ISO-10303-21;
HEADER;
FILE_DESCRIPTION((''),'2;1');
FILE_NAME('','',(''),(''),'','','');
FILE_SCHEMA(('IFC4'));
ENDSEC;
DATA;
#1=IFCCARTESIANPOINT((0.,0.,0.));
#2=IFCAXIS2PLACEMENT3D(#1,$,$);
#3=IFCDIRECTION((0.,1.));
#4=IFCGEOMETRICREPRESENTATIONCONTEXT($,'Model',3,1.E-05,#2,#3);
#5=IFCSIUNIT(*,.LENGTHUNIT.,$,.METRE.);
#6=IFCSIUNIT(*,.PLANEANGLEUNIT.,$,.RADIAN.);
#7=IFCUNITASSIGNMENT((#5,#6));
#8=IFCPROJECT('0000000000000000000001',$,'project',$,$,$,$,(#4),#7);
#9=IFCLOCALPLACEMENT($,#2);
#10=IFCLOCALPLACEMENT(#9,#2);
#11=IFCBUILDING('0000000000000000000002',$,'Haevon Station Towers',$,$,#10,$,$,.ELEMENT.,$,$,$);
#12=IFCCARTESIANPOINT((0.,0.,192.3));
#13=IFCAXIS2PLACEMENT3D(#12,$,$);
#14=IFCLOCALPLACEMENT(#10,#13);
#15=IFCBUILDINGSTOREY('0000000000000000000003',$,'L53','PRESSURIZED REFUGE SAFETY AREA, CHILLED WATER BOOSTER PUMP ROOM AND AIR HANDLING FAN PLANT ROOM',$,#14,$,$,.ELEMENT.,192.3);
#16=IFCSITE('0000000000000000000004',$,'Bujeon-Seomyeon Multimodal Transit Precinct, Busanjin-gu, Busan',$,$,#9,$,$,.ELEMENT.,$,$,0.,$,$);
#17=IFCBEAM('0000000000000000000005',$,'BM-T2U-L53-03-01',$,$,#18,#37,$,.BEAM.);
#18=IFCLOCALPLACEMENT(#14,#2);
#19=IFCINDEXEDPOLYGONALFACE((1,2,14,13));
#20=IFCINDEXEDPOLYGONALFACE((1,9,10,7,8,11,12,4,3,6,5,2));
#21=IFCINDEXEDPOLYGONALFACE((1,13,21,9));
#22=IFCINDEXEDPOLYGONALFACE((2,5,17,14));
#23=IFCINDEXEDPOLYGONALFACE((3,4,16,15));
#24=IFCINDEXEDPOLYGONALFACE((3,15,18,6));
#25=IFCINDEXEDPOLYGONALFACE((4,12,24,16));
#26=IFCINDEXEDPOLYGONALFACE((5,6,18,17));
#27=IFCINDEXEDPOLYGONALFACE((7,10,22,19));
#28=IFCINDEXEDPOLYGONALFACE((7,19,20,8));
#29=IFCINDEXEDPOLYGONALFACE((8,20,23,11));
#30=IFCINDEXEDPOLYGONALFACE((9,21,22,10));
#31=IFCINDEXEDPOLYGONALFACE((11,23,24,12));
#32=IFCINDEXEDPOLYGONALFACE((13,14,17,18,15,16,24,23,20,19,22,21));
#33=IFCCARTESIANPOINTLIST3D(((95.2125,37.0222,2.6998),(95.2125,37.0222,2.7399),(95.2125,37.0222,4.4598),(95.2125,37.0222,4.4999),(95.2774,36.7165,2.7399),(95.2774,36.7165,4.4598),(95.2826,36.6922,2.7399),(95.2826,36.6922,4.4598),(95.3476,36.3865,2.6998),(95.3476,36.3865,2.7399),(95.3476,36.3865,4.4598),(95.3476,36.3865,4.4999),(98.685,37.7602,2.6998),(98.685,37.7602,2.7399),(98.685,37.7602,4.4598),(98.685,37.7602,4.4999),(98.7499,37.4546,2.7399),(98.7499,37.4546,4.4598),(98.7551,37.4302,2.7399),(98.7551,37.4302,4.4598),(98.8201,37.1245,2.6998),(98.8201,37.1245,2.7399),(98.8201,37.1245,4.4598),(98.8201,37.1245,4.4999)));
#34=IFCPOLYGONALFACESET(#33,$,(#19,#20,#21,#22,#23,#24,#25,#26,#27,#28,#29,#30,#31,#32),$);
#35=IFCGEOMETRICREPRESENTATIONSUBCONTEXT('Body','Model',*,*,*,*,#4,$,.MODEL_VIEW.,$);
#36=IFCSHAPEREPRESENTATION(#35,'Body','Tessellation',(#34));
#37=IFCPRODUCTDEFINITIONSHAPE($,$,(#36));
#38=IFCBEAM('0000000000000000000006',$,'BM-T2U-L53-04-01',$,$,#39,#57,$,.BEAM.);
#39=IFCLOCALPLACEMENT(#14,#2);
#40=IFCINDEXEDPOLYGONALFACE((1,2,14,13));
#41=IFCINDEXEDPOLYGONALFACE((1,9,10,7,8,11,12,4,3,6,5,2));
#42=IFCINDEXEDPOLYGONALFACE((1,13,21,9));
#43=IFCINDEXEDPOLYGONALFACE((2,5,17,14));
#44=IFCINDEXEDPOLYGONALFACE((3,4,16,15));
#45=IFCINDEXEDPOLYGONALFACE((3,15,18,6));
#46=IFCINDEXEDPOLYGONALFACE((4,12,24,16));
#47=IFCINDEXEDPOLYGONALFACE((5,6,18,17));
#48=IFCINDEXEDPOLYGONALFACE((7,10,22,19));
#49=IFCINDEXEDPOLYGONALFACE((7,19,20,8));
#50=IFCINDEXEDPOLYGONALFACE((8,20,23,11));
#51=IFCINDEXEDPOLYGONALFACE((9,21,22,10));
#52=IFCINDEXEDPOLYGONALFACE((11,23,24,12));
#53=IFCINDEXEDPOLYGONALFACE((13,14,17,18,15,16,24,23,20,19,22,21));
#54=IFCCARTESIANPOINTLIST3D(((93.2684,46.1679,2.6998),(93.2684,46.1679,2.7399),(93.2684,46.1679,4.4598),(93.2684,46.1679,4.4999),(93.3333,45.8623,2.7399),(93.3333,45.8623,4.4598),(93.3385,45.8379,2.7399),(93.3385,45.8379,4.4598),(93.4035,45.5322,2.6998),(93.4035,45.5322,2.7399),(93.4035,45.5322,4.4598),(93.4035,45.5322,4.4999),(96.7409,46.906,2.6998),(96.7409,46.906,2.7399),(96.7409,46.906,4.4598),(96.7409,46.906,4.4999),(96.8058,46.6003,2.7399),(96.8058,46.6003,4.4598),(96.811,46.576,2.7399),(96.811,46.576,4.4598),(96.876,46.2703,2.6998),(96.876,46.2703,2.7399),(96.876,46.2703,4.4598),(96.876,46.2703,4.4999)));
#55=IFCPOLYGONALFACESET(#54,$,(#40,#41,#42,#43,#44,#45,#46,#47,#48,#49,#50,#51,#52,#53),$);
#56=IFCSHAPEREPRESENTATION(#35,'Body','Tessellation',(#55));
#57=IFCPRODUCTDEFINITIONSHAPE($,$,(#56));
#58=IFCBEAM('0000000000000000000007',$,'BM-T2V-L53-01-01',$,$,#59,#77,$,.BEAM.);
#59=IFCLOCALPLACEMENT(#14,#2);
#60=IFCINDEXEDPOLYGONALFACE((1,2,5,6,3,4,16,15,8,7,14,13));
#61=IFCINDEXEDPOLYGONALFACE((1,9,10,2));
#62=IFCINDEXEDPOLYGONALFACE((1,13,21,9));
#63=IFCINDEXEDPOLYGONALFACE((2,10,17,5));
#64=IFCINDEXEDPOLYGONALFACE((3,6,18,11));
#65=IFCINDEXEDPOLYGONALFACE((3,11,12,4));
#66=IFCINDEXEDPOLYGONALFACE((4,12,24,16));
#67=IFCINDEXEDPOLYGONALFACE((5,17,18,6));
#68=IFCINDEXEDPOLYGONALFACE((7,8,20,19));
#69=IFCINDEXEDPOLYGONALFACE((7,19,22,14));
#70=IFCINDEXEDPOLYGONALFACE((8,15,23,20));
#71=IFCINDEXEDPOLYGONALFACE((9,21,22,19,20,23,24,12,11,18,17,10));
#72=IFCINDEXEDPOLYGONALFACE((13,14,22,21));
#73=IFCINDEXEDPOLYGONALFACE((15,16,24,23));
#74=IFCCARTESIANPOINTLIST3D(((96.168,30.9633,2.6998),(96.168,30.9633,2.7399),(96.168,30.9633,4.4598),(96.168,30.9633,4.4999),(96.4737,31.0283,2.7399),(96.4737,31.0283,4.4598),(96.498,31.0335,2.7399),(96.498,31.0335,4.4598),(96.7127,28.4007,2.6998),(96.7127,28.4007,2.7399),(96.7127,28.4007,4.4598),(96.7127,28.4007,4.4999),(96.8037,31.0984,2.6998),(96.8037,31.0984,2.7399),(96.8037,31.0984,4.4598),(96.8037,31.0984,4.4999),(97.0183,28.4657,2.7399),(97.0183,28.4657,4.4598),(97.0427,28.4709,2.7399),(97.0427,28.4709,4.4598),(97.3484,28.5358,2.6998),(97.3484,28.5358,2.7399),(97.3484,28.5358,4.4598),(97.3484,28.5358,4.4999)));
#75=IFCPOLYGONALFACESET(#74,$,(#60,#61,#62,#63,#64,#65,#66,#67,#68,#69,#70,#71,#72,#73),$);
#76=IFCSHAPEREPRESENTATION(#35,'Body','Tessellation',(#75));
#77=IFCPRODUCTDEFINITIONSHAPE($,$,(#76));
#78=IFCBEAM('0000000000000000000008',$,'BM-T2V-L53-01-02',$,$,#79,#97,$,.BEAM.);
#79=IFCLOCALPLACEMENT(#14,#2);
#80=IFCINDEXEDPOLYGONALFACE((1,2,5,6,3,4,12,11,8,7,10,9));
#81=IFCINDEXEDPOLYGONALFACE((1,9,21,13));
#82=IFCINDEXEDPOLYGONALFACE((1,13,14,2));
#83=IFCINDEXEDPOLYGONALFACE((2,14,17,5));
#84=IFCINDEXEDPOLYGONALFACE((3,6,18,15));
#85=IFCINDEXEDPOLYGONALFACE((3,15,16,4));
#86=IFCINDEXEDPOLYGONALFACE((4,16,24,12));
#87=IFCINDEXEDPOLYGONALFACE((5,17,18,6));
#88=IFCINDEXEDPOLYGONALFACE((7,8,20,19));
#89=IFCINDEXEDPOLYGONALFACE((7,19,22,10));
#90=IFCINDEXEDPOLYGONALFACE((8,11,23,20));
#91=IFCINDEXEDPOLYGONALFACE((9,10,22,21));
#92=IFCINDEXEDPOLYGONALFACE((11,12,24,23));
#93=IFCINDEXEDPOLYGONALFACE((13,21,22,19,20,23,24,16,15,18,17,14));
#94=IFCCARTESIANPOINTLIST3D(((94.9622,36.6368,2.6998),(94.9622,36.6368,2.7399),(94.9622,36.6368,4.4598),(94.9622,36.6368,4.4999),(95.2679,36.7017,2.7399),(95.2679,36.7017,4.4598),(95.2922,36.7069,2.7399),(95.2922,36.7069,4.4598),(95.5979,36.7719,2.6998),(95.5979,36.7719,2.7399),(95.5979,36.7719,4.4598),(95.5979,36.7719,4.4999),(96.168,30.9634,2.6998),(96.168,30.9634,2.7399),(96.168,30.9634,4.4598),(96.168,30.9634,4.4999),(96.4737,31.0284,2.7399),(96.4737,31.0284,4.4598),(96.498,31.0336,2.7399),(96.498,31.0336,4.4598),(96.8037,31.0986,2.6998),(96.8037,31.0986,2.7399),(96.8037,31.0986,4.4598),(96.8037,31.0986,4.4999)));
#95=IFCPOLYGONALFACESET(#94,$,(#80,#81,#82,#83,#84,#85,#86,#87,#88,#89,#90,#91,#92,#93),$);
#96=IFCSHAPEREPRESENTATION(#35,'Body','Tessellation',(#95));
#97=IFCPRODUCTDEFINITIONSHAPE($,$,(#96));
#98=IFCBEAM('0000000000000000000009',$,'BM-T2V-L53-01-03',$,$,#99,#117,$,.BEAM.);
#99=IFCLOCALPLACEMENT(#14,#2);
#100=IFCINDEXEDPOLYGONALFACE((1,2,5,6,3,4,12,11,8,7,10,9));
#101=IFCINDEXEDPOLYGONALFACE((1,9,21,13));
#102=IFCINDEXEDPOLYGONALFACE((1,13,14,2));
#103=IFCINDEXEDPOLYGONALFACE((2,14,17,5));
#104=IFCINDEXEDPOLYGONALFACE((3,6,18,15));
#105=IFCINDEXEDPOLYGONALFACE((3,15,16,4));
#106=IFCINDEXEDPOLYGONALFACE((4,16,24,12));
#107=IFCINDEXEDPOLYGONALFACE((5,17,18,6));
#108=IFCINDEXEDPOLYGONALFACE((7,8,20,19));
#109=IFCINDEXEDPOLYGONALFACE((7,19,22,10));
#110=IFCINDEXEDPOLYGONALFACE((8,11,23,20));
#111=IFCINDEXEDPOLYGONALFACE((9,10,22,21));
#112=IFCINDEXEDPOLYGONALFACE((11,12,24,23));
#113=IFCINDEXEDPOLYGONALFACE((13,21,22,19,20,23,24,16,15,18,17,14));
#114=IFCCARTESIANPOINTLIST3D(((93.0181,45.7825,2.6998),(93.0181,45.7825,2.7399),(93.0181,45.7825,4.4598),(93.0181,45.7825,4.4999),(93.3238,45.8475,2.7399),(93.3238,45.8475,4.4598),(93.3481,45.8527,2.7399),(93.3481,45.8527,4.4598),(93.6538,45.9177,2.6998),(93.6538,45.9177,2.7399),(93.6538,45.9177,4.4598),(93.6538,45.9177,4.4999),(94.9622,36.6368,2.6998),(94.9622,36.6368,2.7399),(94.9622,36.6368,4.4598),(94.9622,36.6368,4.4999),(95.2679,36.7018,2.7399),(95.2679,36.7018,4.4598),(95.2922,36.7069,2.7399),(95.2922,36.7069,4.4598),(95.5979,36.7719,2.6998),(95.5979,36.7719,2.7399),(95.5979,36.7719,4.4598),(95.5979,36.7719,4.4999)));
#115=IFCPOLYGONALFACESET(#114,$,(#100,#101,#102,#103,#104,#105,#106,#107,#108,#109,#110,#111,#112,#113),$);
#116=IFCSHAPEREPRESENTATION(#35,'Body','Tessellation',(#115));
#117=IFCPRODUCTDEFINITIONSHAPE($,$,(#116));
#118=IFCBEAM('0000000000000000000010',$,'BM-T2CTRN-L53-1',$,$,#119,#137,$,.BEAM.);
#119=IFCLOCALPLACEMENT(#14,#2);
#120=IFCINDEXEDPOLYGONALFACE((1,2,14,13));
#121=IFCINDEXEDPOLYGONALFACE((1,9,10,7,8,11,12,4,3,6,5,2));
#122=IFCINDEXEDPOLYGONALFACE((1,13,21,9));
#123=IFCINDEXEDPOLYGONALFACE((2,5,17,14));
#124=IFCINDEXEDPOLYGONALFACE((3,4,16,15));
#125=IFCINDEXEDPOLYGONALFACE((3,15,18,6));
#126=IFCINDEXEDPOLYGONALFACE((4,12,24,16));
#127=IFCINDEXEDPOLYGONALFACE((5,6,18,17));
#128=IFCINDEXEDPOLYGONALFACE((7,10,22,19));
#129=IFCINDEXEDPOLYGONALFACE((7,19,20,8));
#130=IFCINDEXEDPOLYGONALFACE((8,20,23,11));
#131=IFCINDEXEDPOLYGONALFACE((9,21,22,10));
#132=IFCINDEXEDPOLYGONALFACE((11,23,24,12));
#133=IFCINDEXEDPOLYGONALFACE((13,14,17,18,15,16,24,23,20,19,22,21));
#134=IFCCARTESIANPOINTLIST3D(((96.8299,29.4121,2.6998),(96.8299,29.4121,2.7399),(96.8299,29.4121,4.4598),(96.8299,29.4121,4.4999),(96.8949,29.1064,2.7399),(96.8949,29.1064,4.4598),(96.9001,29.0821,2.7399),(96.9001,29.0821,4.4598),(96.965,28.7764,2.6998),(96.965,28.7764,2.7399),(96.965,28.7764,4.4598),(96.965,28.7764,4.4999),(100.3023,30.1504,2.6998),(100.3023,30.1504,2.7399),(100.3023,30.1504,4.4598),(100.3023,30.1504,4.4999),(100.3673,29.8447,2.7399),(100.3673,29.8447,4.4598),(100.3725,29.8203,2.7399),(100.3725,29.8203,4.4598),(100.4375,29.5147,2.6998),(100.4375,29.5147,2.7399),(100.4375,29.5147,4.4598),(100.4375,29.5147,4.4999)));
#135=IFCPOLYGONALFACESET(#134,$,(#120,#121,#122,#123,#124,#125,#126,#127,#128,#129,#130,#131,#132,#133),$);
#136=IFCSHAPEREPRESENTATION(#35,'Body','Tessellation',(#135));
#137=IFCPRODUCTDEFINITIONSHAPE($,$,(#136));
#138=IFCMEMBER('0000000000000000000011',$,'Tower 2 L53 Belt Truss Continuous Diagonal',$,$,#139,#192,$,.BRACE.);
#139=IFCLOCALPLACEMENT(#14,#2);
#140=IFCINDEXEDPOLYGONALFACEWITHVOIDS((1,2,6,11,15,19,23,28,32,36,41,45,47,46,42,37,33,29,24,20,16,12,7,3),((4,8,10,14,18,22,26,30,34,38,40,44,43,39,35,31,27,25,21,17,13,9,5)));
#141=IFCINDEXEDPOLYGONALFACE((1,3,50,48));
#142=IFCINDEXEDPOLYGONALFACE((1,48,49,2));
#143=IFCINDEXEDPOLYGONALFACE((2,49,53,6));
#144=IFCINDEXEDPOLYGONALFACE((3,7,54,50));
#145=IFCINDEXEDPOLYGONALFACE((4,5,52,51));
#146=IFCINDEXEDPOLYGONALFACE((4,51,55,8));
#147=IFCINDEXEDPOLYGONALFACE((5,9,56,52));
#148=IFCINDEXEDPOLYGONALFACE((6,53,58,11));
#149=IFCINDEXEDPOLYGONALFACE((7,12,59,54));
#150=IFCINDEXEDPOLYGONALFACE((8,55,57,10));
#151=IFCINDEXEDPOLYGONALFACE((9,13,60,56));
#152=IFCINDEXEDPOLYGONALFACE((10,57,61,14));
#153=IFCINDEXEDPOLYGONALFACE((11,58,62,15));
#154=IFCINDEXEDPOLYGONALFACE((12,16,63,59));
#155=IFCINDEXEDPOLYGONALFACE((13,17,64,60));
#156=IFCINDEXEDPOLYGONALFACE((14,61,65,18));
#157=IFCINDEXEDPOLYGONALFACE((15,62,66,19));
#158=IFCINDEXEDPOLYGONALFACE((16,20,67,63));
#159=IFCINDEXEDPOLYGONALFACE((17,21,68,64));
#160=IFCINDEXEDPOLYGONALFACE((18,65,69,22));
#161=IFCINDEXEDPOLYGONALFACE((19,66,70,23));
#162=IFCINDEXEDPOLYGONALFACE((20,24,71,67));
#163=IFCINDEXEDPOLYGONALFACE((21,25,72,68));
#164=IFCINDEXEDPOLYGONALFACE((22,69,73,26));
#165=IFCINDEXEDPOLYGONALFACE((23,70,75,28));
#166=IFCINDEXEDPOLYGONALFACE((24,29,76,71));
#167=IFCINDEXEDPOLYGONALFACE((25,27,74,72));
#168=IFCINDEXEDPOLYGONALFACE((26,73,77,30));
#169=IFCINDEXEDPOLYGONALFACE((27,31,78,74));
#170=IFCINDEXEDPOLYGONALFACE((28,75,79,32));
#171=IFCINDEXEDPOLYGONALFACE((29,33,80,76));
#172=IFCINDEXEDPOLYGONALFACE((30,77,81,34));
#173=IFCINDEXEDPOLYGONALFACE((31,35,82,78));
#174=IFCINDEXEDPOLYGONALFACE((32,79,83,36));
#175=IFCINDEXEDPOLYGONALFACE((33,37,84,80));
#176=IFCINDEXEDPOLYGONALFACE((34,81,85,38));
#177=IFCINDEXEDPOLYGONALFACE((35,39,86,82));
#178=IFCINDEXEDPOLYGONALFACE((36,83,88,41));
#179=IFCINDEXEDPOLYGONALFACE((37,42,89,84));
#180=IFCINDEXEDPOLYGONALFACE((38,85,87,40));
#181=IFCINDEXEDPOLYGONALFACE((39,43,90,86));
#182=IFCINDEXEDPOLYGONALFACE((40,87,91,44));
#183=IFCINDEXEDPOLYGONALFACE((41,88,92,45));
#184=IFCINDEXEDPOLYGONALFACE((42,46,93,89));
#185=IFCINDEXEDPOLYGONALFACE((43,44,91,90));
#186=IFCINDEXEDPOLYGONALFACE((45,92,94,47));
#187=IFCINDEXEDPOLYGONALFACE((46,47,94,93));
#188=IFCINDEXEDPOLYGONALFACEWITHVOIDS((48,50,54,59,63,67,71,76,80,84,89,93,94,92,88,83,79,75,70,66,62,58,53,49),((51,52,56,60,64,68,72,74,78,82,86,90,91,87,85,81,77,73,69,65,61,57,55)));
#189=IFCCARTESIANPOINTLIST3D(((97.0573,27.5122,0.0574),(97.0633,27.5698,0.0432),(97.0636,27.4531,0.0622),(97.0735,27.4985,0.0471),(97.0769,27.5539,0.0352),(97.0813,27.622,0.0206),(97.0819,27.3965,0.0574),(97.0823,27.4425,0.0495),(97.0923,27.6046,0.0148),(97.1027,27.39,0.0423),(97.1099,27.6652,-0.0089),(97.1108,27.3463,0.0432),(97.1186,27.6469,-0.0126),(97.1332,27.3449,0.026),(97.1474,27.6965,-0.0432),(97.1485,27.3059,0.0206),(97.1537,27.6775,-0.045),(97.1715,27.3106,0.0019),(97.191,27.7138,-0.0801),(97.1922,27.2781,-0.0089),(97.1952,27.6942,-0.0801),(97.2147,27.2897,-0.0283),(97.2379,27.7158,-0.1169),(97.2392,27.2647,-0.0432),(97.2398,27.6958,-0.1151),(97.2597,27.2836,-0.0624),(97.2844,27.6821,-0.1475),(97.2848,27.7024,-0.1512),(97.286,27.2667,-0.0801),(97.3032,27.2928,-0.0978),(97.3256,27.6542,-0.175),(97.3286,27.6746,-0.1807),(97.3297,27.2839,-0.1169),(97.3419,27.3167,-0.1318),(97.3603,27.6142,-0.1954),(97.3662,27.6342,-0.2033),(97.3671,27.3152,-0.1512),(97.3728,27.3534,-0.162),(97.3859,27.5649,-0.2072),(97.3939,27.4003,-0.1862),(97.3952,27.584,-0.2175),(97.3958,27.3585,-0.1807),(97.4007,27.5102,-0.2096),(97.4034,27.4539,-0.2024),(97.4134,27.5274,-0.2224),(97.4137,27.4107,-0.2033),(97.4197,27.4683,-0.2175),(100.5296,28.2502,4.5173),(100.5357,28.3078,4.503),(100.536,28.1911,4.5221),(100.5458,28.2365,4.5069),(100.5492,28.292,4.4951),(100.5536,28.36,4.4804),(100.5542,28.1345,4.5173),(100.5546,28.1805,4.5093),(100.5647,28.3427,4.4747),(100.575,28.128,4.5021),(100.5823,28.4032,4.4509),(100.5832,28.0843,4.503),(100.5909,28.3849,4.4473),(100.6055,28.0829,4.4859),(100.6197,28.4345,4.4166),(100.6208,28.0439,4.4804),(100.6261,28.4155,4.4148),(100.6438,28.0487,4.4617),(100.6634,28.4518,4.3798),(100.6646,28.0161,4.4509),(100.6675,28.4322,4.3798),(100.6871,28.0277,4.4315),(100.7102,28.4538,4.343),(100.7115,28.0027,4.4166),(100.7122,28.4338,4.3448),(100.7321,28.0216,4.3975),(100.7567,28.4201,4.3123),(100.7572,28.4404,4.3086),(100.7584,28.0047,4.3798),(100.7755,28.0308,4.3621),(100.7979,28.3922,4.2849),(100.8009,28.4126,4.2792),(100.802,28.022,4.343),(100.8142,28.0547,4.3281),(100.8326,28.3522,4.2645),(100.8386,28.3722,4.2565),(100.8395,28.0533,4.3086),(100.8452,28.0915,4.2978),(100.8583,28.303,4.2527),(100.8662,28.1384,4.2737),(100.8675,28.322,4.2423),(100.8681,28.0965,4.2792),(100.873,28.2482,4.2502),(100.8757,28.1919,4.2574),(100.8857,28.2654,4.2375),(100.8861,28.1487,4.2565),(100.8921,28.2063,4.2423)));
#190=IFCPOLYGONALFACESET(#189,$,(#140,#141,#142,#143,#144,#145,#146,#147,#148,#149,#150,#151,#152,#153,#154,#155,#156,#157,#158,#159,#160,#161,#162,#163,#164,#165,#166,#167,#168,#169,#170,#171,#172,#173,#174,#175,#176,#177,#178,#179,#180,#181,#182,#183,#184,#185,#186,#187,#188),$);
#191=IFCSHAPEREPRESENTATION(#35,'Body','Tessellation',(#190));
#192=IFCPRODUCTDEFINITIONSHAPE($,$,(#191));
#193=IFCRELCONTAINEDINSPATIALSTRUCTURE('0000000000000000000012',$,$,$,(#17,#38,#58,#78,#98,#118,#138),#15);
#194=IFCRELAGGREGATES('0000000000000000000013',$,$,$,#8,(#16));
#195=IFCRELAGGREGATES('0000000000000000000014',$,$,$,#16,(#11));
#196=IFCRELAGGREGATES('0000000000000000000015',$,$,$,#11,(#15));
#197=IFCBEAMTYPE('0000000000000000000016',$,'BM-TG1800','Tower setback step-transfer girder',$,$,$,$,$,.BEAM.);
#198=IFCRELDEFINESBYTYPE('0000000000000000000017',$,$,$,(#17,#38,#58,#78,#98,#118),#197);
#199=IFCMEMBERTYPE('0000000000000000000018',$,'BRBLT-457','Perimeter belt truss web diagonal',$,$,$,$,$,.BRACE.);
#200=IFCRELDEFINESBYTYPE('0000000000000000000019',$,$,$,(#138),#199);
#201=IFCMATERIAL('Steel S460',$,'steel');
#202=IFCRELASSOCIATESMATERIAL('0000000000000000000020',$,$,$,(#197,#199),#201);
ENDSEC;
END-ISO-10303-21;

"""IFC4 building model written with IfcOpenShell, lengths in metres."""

from ifc_helpers import new_model, si_unit, direction, frame, origin, origin_2d, place, context, subcontext, project, spatial, hollow_circle, i_section, extrude, material, material_profile, profile_set, type_object, element, save


model = new_model("IFC4")

# Units and contexts
model_context = context("Model", 3, precision=1e-05, world=origin(), true_north=direction((0.0, 1.0)))
body_context = subcontext(model_context, "Body", "Model", "MODEL_VIEW")
ifc_project = project(units=[si_unit("LENGTHUNIT", "METRE"), si_unit("PLANEANGLEUNIT", "RADIAN")], contexts=[model_context])

# Site, building, storey
site_placement = place(None, origin())
site = spatial("IfcSite", under=ifc_project, at=site_placement, Name="Bujeon-Seomyeon Multimodal Transit Precinct, Busanjin-gu, Busan", CompositionType="ELEMENT", RefElevation=0.0)
building_placement = place(site_placement, origin())
building = spatial("IfcBuilding", under=site, at=building_placement, Name="Haevon Station Towers", CompositionType="ELEMENT")
storey_placement = place(building_placement, frame((0.0, 0.0, 192.3)))
storey = spatial("IfcBuildingStorey", under=building, at=storey_placement, Name="L53", Description="PRESSURIZED REFUGE SAFETY AREA, CHILLED WATER BOOSTER PUMP ROOM AND AIR HANDLING FAN PLANT ROOM", CompositionType="ELEMENT", Elevation=192.3)

# Shared definitions
ifc_material_1 = material(Name="Steel S460", Category="steel")

# Beams
ifc_material_profile_1 = material_profile(ifc_material_1, i_section(OverallWidth=0.6499, OverallDepth=1.8, WebThickness=0.0249, FlangeThickness=0.04, at=origin_2d()), Name="H-1800x650x25x40")
ifc_profile_set_1 = profile_set([ifc_material_profile_1], Name="Steel S460")
beam_type_1 = type_object("IfcBeamType", Name="BM-TG1800", Description="Tower setback step-transfer girder", PredefinedType="BEAM", material=ifc_profile_set_1)
for number, where, z_axis, x_axis, name in (
    (1, (95.28, 36.7043, 3.5999), (0.97815, 0.207899, 0.0), (-0.207899, 0.97815, 0.0), "BM-T2U-L53-03-01"),
    (2, (93.3359, 45.8501, 3.5999), (0.97815, 0.207899, 0.0), (-0.207899, 0.97815, 0.0), "BM-T2U-L53-04-01"),
):
    element("IfcBeam", number, at=place(storey_placement, frame(where, z_axis=z_axis, x_axis=x_axis)), inside=storey, type_object=beam_type_1, Name=name, PredefinedType="BEAM", context=body_context, shape_type="SweptSolid", body=[
        extrude(i_section(OverallWidth=0.6499, OverallDepth=1.8, WebThickness=0.0249, FlangeThickness=0.04, at=origin_2d()), origin(), (0.0, 0.0, 1.0), 3.55),
    ])
beam_1_placement = place(storey_placement, frame((97.0305, 28.4683, 3.5999), z_axis=(-0.207893, 0.978152, 0.0), x_axis=(-0.978152, -0.207893, 0.0)))
element("IfcBeam", 3, at=beam_1_placement, inside=storey, type_object=beam_type_1, Name="BM-T2V-L53-01-01", PredefinedType="BEAM", context=body_context, shape_type="SweptSolid", body=[
    extrude(i_section(OverallWidth=0.6499, OverallDepth=1.8, WebThickness=0.0249, FlangeThickness=0.04, at=origin_2d()), origin(), (0.0, 0.0, 1.0), 2.6199),
])
beam_2_placement = place(storey_placement, frame((96.4858, 31.031, 3.5999), z_axis=(-0.207896, 0.978151, 0.0), x_axis=(-0.978151, -0.207896, 0.0)))
element("IfcBeam", 4, at=beam_2_placement, inside=storey, type_object=beam_type_1, Name="BM-T2V-L53-01-02", PredefinedType="BEAM", context=body_context, shape_type="SweptSolid", body=[
    extrude(i_section(OverallWidth=0.6499, OverallDepth=1.8, WebThickness=0.0249, FlangeThickness=0.04, at=origin_2d()), origin(), (0.0, 0.0, 1.0), 5.8),
])
beam_3_placement = place(storey_placement, frame((95.28, 36.7043, 3.5999), z_axis=(-0.207922, 0.978145, 0.0), x_axis=(-0.978145, -0.207922, 0.0)))
element("IfcBeam", 5, at=beam_3_placement, inside=storey, type_object=beam_type_1, Name="BM-T2V-L53-01-03", PredefinedType="BEAM", context=body_context, shape_type="SweptSolid", body=[
    extrude(i_section(OverallWidth=0.6499, OverallDepth=1.8, WebThickness=0.0249, FlangeThickness=0.04, at=origin_2d()), origin(), (0.0, 0.0, 1.0), 9.3501),
])
beam_4_placement = place(storey_placement, frame((96.8975, 29.0942, 3.5999), z_axis=(0.978136, 0.207965, 0.0), x_axis=(-0.207965, 0.978136, 0.0)))
element("IfcBeam", 6, at=beam_4_placement, inside=storey, type_object=beam_type_1, Name="BM-T2CTRN-L53-1", PredefinedType="BEAM", context=body_context, shape_type="SweptSolid", body=[
    extrude(i_section(OverallWidth=0.6499, OverallDepth=1.8, WebThickness=0.0249, FlangeThickness=0.04, at=origin_2d()), origin(), (0.0, 0.0, 1.0), 3.55),
])

# Member
ifc_material_profile_2 = material_profile(ifc_material_1, hollow_circle(Radius=0.2285, WallThickness=0.02, at=origin_2d()), Name="CHS-457x20")
ifc_profile_set_2 = profile_set([ifc_material_profile_2], Name="Steel S460")
member_type_1 = type_object("IfcMemberType", Name="BRBLT-457", Description="Perimeter belt truss web diagonal", PredefinedType="BRACE", material=ifc_profile_set_2)
member_placement = place(storey_placement, frame((97.2385, 27.4902, -0.0801), z_axis=(0.609161, 0.129473, 0.782406), x_axis=(-0.207899, 0.97815, 0.0)))
element("IfcMember", 7, at=member_placement, inside=storey, type_object=member_type_1, Name="Tower 2 L53 Belt Truss Continuous Diagonal", PredefinedType="BRACE", context=body_context, shape_type="SweptSolid", body=[
    extrude(hollow_circle(Radius=0.2285, WallThickness=0.02, at=origin_2d()), origin(), (0.0, 0.0, 1.0), 5.7002),
])

save(model, "model.ifc")
